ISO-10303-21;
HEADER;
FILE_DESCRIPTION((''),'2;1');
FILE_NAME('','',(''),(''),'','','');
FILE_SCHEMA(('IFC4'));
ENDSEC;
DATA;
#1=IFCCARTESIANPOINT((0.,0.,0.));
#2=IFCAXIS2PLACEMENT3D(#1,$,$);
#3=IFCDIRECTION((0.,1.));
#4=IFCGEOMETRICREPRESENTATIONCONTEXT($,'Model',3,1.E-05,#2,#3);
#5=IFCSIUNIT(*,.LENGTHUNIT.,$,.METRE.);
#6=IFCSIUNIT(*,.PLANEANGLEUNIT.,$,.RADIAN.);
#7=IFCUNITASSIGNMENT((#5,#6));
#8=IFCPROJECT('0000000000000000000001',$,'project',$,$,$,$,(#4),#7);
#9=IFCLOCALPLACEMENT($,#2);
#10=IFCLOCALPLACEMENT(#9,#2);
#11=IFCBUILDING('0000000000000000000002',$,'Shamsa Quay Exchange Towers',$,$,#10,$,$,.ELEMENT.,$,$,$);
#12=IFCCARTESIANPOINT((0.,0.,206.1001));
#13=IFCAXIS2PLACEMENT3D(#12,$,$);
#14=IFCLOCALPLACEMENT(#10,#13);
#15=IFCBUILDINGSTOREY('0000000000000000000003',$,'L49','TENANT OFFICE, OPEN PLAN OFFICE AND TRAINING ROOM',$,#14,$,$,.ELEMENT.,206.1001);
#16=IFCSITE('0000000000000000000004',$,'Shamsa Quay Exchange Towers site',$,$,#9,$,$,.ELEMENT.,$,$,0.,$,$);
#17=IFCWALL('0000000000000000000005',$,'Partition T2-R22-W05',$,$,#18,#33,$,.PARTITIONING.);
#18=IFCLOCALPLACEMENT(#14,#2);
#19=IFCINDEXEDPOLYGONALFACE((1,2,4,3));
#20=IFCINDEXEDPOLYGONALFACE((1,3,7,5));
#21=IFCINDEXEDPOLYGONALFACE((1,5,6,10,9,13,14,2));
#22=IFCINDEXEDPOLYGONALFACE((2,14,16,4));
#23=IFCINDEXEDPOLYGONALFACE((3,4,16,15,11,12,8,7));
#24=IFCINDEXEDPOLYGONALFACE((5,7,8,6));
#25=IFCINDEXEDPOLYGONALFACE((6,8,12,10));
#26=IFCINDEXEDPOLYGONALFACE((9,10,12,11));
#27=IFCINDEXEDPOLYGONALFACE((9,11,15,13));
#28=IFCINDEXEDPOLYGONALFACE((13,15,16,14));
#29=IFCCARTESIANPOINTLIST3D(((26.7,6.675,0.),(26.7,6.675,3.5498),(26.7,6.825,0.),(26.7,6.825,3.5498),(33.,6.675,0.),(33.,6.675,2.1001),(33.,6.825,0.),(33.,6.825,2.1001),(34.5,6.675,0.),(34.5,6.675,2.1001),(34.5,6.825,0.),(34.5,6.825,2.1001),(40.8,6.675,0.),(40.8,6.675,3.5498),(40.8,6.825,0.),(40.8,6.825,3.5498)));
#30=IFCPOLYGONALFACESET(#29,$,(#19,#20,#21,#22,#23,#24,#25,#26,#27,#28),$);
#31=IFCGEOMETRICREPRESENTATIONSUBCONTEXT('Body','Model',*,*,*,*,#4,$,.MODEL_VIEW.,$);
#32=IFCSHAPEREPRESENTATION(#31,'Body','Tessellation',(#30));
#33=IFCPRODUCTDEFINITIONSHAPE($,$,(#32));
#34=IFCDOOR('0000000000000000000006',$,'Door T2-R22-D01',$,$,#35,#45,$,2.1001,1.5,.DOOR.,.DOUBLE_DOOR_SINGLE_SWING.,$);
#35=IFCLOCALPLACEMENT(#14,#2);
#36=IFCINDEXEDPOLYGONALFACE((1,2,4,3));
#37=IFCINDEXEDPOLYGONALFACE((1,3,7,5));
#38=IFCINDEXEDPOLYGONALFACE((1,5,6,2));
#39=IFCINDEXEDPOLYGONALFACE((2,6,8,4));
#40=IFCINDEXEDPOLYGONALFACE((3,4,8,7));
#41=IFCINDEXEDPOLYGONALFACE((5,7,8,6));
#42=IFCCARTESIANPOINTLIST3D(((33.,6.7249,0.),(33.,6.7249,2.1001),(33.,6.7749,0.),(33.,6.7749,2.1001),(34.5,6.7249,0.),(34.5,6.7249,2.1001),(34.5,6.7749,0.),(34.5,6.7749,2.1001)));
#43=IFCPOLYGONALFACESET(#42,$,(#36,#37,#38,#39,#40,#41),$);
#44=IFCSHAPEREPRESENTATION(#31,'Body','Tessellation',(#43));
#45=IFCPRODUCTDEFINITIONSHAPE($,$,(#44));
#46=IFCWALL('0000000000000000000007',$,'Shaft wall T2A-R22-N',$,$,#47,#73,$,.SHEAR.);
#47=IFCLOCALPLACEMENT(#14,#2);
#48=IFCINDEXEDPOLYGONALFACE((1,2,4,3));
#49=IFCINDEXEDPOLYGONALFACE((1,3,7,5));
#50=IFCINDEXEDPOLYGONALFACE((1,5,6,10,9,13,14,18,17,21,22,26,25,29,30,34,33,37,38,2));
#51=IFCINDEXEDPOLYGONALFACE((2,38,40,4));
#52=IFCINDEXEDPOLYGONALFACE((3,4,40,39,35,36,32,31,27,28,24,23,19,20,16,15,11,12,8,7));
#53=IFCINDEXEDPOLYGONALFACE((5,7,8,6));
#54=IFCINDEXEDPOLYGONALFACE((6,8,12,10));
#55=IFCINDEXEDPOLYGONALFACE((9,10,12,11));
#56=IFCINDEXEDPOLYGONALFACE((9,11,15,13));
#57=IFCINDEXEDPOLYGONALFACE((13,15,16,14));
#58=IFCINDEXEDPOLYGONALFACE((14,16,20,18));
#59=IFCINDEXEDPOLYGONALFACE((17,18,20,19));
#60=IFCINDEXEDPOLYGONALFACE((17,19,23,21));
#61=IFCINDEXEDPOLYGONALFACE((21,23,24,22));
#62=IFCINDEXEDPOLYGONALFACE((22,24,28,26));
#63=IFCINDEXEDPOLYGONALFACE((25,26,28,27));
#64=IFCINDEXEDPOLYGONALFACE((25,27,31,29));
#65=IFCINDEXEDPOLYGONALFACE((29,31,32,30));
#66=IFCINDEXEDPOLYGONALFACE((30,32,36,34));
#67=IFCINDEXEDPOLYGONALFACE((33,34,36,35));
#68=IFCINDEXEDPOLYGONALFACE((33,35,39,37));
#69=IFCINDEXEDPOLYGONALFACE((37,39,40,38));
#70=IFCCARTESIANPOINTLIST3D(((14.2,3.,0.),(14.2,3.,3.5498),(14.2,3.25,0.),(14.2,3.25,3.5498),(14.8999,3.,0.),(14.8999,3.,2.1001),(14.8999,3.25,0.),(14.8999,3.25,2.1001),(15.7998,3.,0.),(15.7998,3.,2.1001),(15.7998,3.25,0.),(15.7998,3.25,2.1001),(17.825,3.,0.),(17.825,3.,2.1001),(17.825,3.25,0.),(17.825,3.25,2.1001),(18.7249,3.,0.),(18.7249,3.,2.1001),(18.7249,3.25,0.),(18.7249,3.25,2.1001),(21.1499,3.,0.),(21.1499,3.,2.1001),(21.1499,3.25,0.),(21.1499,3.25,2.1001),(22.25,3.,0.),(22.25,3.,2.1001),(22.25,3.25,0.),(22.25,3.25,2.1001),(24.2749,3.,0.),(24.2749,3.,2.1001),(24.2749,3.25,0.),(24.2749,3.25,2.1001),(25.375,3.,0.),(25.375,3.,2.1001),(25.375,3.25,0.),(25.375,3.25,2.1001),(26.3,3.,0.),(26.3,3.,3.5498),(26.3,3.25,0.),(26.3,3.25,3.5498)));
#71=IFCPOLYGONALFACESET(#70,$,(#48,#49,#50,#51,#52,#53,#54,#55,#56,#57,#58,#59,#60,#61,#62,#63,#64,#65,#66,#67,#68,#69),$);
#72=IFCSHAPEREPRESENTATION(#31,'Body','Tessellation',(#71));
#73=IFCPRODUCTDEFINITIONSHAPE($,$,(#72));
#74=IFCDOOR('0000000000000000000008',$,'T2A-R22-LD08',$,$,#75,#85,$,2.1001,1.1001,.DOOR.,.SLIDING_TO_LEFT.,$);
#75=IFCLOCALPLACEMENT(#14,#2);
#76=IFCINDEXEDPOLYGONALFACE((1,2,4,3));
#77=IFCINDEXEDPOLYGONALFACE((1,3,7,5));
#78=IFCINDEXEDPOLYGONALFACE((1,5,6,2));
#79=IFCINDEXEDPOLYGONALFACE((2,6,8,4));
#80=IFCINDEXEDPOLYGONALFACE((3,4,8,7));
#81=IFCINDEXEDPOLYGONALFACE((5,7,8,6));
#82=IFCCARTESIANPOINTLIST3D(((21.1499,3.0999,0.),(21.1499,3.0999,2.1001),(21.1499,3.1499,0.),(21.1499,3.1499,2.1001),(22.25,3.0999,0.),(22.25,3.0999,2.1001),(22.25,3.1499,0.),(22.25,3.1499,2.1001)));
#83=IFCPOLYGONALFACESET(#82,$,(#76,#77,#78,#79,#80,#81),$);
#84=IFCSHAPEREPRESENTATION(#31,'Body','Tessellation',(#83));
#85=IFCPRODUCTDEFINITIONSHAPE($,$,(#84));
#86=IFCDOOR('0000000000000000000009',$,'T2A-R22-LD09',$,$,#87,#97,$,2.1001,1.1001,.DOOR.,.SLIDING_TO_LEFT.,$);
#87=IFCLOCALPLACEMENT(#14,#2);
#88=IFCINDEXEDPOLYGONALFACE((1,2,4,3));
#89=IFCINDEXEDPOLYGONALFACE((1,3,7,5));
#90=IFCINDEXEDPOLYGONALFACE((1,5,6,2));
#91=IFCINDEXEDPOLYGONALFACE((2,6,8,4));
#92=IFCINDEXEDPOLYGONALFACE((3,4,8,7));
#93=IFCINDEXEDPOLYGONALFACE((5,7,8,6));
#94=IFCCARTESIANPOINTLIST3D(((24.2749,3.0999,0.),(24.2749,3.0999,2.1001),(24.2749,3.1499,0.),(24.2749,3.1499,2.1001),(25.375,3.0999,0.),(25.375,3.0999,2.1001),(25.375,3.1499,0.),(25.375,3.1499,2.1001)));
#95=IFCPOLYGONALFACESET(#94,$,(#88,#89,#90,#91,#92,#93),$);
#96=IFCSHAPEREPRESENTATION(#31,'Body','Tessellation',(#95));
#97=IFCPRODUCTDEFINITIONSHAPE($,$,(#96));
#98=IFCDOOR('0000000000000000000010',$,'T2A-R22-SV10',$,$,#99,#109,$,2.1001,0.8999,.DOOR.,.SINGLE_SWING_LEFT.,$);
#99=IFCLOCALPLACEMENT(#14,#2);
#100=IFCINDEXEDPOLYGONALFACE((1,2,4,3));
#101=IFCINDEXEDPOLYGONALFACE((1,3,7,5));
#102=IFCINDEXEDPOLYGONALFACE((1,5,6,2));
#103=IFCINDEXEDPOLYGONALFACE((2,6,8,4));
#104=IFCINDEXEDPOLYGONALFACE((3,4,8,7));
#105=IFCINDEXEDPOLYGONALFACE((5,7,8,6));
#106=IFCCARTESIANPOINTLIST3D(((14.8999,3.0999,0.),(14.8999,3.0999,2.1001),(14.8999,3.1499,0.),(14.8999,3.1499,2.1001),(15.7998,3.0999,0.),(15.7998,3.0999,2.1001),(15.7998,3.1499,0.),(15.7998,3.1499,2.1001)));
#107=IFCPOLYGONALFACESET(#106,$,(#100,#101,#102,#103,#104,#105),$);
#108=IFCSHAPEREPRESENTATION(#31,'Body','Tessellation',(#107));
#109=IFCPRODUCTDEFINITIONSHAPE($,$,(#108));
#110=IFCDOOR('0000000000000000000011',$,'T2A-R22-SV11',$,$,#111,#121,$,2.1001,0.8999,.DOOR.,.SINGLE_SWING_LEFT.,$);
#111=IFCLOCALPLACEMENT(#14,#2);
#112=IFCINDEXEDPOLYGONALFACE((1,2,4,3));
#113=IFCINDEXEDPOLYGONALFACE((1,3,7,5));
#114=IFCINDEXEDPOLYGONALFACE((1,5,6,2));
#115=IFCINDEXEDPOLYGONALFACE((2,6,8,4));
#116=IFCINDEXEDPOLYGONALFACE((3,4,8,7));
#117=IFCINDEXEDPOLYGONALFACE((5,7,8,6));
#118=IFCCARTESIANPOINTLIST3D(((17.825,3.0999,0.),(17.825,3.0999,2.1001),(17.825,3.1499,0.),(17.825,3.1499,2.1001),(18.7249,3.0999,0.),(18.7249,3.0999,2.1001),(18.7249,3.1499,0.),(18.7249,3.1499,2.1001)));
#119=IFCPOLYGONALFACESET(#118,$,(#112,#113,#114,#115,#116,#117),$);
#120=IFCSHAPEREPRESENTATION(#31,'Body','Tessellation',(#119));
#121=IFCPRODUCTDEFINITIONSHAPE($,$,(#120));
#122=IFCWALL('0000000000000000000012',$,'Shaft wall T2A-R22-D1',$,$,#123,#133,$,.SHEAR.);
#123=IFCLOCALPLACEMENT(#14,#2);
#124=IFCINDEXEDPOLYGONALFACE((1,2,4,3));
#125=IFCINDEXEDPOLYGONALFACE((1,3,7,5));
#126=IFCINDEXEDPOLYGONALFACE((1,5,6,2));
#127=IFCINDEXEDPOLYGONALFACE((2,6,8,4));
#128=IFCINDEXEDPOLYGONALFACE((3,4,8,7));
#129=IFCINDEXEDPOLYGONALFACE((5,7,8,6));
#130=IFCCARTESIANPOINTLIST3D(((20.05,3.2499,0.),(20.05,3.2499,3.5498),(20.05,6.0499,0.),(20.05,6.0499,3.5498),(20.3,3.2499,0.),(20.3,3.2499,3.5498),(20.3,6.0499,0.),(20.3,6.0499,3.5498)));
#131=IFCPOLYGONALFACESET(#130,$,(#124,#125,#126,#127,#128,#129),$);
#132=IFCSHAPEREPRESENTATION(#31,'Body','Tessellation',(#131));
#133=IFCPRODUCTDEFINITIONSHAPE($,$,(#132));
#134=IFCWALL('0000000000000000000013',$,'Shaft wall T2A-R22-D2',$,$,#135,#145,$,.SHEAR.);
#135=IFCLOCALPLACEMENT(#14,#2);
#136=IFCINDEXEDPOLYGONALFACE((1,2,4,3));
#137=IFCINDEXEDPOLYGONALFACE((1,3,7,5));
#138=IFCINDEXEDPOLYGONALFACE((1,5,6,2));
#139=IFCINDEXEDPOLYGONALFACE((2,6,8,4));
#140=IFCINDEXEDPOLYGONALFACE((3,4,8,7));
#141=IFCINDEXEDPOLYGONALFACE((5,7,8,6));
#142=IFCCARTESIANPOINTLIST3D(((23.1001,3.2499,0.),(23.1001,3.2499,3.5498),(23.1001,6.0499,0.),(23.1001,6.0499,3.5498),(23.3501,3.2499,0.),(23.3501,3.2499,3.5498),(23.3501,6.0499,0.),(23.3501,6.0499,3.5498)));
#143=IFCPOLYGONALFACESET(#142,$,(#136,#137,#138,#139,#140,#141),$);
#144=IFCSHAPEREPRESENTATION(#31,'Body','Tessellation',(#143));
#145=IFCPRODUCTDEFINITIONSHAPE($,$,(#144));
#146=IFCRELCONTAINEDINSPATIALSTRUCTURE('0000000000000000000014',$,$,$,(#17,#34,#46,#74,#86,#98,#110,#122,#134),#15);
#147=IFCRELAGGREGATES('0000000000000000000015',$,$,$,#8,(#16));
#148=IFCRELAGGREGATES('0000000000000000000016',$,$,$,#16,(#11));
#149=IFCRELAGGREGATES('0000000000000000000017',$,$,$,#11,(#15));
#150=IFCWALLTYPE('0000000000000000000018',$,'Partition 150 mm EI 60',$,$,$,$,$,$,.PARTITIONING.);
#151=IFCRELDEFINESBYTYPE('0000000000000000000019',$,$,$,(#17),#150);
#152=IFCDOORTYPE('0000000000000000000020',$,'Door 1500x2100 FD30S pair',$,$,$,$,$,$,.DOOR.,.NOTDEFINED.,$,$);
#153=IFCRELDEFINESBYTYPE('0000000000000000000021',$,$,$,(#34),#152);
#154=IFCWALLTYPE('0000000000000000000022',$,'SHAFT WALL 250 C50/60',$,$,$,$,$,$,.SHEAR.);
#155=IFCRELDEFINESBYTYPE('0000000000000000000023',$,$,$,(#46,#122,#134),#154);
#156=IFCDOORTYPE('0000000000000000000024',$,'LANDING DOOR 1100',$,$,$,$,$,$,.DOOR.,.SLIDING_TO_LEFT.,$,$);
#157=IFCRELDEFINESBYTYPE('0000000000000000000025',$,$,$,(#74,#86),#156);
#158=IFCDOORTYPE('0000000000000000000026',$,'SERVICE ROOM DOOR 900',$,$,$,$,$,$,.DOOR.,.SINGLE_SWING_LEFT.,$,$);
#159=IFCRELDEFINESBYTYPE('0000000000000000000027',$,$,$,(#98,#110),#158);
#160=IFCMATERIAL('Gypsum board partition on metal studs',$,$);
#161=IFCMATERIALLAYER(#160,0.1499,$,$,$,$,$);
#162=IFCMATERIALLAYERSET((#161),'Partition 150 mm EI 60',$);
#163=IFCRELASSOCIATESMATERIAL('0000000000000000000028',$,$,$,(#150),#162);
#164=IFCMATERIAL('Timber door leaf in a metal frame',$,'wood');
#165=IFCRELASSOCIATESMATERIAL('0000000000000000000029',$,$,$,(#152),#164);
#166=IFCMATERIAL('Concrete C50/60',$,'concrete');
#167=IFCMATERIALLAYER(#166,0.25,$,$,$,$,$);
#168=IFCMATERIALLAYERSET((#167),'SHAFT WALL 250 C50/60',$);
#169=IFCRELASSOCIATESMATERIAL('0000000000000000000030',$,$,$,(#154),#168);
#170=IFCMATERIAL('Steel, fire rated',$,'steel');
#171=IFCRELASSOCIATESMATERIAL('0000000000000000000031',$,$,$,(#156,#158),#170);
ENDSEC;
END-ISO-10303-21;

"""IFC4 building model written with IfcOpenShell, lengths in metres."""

from ifc_helpers import new_model, si_unit, direction, frame, frame_2d, origin, place, context, subcontext, project, spatial, rectangle, extrude, material, layer, layer_set, type_object, element, fill, save


model = new_model("IFC4")

# Units and contexts
model_context = context("Model", 3, precision=1e-05, world=origin(), true_north=direction((0.0, 1.0)))
body_context = subcontext(model_context, "Body", "Model", "MODEL_VIEW")
ifc_project = project(units=[si_unit("LENGTHUNIT", "METRE"), si_unit("PLANEANGLEUNIT", "RADIAN")], contexts=[model_context])

# Site, building, storey
site_placement = place(None, origin())
site = spatial("IfcSite", under=ifc_project, at=site_placement, Name="Shamsa Quay Exchange Towers site", CompositionType="ELEMENT", RefElevation=0.0)
building_placement = place(site_placement, origin())
building = spatial("IfcBuilding", under=site, at=building_placement, Name="Shamsa Quay Exchange Towers", CompositionType="ELEMENT")
storey_placement = place(building_placement, frame((0.0, 0.0, 206.1001)))
storey = spatial("IfcBuildingStorey", under=building, at=storey_placement, Name="L49", Description="TENANT OFFICE, OPEN PLAN OFFICE AND TRAINING ROOM", CompositionType="ELEMENT", Elevation=206.1001)

# Shared definitions
ifc_material_1 = material(Name="Steel, fire rated", Category="steel")

# Wall, opening, door
ifc_material_2 = material(Name="Gypsum board partition on metal studs")
ifc_layer_1 = layer(ifc_material_2, 0.1499)
ifc_layer_set_1 = layer_set([ifc_layer_1], Name="Partition 150 mm EI 60")
wall_type_1 = type_object("IfcWallType", Name="Partition 150 mm EI 60", PredefinedType="PARTITIONING", material=ifc_layer_set_1)
wall_1_placement = place(storey_placement, frame((26.7, 6.75, 0.0)))
wall_1 = element("IfcWall", 1, at=wall_1_placement, inside=storey, type_object=wall_type_1, Name="Partition T2-R22-W05", PredefinedType="PARTITIONING", context=body_context, shape_type="SweptSolid", body=[
    extrude(rectangle(XDim=14.1001, YDim=0.1499, at=frame_2d((7.05, 0.0))), origin(), (0.0, 0.0, 1.0), 3.5498),
])
opening_1_placement = place(wall_1_placement, frame((6.3, 0.0, 0.0)))
opening_1 = element("IfcOpeningElement", 2, at=opening_1_placement, cuts=wall_1, PredefinedType="OPENING", context=body_context, shape_type="SweptSolid", body=[
    extrude(rectangle(XDim=1.5, YDim=2.1001, at=frame_2d((0.75, 1.05))), frame((0.0, 0.085, 0.0), z_axis=(0.0, -1.0, 0.0), x_axis=(1.0, 0.0, 0.0)), (0.0, 0.0, 1.0), 0.1699),
])
ifc_material_3 = material(Name="Timber door leaf in a metal frame", Category="wood")
door_type_1 = type_object("IfcDoorType", Name="Door 1500x2100 FD30S pair", OperationType="NOTDEFINED", PredefinedType="DOOR", material=ifc_material_3)
door_1_placement = place(opening_1_placement, origin())
door_1 = element("IfcDoor", 3, at=door_1_placement, inside=storey, type_object=door_type_1, Name="Door T2-R22-D01", OperationType="DOUBLE_DOOR_SINGLE_SWING", OverallHeight=2.1001, OverallWidth=1.5, PredefinedType="DOOR", context=body_context, shape_type="SweptSolid", body=[
    extrude(rectangle(XDim=1.5, YDim=2.1001, at=frame_2d((0.75, 1.05))), frame((0.0, 0.0249, 0.0), z_axis=(0.0, -1.0, 0.0), x_axis=(1.0, 0.0, 0.0)), (0.0, 0.0, 1.0), 0.05),
])
fill(opening_1, door_1)

# Wall, openings, doors
ifc_material_4 = material(Name="Concrete C50/60", Category="concrete")
ifc_layer_2 = layer(ifc_material_4, 0.25)
ifc_layer_set_2 = layer_set([ifc_layer_2], Name="SHAFT WALL 250 C50/60")
wall_type_2 = type_object("IfcWallType", Name="SHAFT WALL 250 C50/60", PredefinedType="SHEAR", material=ifc_layer_set_2)
wall_2_placement = place(storey_placement, frame((14.2, 3.125, 0.0)))
wall_2 = element("IfcWall", 4, at=wall_2_placement, inside=storey, type_object=wall_type_2, Name="Shaft wall T2A-R22-N", PredefinedType="SHEAR", context=body_context, shape_type="SweptSolid", body=[
    extrude(rectangle(XDim=12.1001, YDim=0.25, at=frame_2d((6.05, 0.0))), origin(), (0.0, 0.0, 1.0), 3.5498),
])
opening_2_placement = place(wall_2_placement, frame((6.95, 0.0, 0.0)))
opening_2 = element("IfcOpeningElement", 5, at=opening_2_placement, cuts=wall_2, PredefinedType="OPENING", context=body_context, shape_type="SweptSolid", body=[
    extrude(rectangle(XDim=1.1001, YDim=2.1001, at=frame_2d((0.55, 1.05))), frame((0.0, 0.135, 0.0), z_axis=(0.0, -1.0, 0.0), x_axis=(1.0, 0.0, 0.0)), (0.0, 0.0, 1.0), 0.27),
])
opening_3_placement = place(wall_2_placement, frame((10.075, 0.0, 0.0)))
opening_3 = element("IfcOpeningElement", 6, at=opening_3_placement, cuts=wall_2, PredefinedType="OPENING", context=body_context, shape_type="SweptSolid", body=[
    extrude(rectangle(XDim=1.1001, YDim=2.1001, at=frame_2d((0.55, 1.05))), frame((0.0, 0.135, 0.0), z_axis=(0.0, -1.0, 0.0), x_axis=(1.0, 0.0, 0.0)), (0.0, 0.0, 1.0), 0.27),
])
opening_4_placement = place(wall_2_placement, frame((0.7, 0.0, 0.0)))
opening_4 = element("IfcOpeningElement", 7, at=opening_4_placement, cuts=wall_2, PredefinedType="OPENING", context=body_context, shape_type="SweptSolid", body=[
    extrude(rectangle(XDim=0.8999, YDim=2.1001, at=frame_2d((0.45, 1.05))), frame((0.0, 0.135, 0.0), z_axis=(0.0, -1.0, 0.0), x_axis=(1.0, 0.0, 0.0)), (0.0, 0.0, 1.0), 0.27),
])
opening_5_placement = place(wall_2_placement, frame((3.625, 0.0, 0.0)))
opening_5 = element("IfcOpeningElement", 8, at=opening_5_placement, cuts=wall_2, PredefinedType="OPENING", context=body_context, shape_type="SweptSolid", body=[
    extrude(rectangle(XDim=0.8999, YDim=2.1001, at=frame_2d((0.45, 1.05))), frame((0.0, 0.135, 0.0), z_axis=(0.0, -1.0, 0.0), x_axis=(1.0, 0.0, 0.0)), (0.0, 0.0, 1.0), 0.27),
])
door_type_2 = type_object("IfcDoorType", Name="LANDING DOOR 1100", OperationType="SLIDING_TO_LEFT", PredefinedType="DOOR", material=ifc_material_1)
door_2_placement = place(opening_2_placement, origin())
door_2 = element("IfcDoor", 9, at=door_2_placement, inside=storey, type_object=door_type_2, Name="T2A-R22-LD08", OperationType="SLIDING_TO_LEFT", OverallHeight=2.1001, OverallWidth=1.1001, PredefinedType="DOOR", context=body_context, shape_type="SweptSolid", body=[
    extrude(rectangle(XDim=1.1001, YDim=2.1001, at=frame_2d((0.55, 1.05))), frame((0.0, 0.0249, 0.0), z_axis=(0.0, -1.0, 0.0), x_axis=(1.0, 0.0, 0.0)), (0.0, 0.0, 1.0), 0.05),
])
fill(opening_2, door_2)
door_3_placement = place(opening_3_placement, origin())
door_3 = element("IfcDoor", 10, at=door_3_placement, inside=storey, type_object=door_type_2, Name="T2A-R22-LD09", OperationType="SLIDING_TO_LEFT", OverallHeight=2.1001, OverallWidth=1.1001, PredefinedType="DOOR", context=body_context, shape_type="SweptSolid", body=[
    extrude(rectangle(XDim=1.1001, YDim=2.1001, at=frame_2d((0.55, 1.05))), frame((0.0, 0.0249, 0.0), z_axis=(0.0, -1.0, 0.0), x_axis=(1.0, 0.0, 0.0)), (0.0, 0.0, 1.0), 0.05),
])
fill(opening_3, door_3)
door_type_3 = type_object("IfcDoorType", Name="SERVICE ROOM DOOR 900", OperationType="SINGLE_SWING_LEFT", PredefinedType="DOOR", material=ifc_material_1)
door_4_placement = place(opening_4_placement, origin())
door_4 = element("IfcDoor", 11, at=door_4_placement, inside=storey, type_object=door_type_3, Name="T2A-R22-SV10", OperationType="SINGLE_SWING_LEFT", OverallHeight=2.1001, OverallWidth=0.8999, PredefinedType="DOOR", context=body_context, shape_type="SweptSolid", body=[
    extrude(rectangle(XDim=0.8999, YDim=2.1001, at=frame_2d((0.45, 1.05))), frame((0.0, 0.0249, 0.0), z_axis=(0.0, -1.0, 0.0), x_axis=(1.0, 0.0, 0.0)), (0.0, 0.0, 1.0), 0.05),
])
fill(opening_4, door_4)
door_5_placement = place(opening_5_placement, origin())
door_5 = element("IfcDoor", 12, at=door_5_placement, inside=storey, type_object=door_type_3, Name="T2A-R22-SV11", OperationType="SINGLE_SWING_LEFT", OverallHeight=2.1001, OverallWidth=0.8999, PredefinedType="DOOR", context=body_context, shape_type="SweptSolid", body=[
    extrude(rectangle(XDim=0.8999, YDim=2.1001, at=frame_2d((0.45, 1.05))), frame((0.0, 0.0249, 0.0), z_axis=(0.0, -1.0, 0.0), x_axis=(1.0, 0.0, 0.0)), (0.0, 0.0, 1.0), 0.05),
])
fill(opening_5, door_5)

# Walls
for number, where, z_axis, x_axis, name in (
    (13, (20.175, 3.25, 0.0), (0.0, 0.0, 1.0), (0.0, 1.0, 0.0), "Shaft wall T2A-R22-D1"),
    (14, (23.2251, 3.25, 0.0), (0.0, 0.0, 1.0), (0.0, 1.0, 0.0), "Shaft wall T2A-R22-D2"),
):
    element("IfcWall", number, at=place(storey_placement, frame(where, z_axis=z_axis, x_axis=x_axis)), inside=storey, type_object=wall_type_2, Name=name, PredefinedType="SHEAR", context=body_context, shape_type="SweptSolid", body=[
        extrude(rectangle(XDim=2.8, YDim=0.25, at=frame_2d((1.3999, 0.0))), origin(), (0.0, 0.0, 1.0), 3.5498),
    ])

save(model, "model.ifc")
